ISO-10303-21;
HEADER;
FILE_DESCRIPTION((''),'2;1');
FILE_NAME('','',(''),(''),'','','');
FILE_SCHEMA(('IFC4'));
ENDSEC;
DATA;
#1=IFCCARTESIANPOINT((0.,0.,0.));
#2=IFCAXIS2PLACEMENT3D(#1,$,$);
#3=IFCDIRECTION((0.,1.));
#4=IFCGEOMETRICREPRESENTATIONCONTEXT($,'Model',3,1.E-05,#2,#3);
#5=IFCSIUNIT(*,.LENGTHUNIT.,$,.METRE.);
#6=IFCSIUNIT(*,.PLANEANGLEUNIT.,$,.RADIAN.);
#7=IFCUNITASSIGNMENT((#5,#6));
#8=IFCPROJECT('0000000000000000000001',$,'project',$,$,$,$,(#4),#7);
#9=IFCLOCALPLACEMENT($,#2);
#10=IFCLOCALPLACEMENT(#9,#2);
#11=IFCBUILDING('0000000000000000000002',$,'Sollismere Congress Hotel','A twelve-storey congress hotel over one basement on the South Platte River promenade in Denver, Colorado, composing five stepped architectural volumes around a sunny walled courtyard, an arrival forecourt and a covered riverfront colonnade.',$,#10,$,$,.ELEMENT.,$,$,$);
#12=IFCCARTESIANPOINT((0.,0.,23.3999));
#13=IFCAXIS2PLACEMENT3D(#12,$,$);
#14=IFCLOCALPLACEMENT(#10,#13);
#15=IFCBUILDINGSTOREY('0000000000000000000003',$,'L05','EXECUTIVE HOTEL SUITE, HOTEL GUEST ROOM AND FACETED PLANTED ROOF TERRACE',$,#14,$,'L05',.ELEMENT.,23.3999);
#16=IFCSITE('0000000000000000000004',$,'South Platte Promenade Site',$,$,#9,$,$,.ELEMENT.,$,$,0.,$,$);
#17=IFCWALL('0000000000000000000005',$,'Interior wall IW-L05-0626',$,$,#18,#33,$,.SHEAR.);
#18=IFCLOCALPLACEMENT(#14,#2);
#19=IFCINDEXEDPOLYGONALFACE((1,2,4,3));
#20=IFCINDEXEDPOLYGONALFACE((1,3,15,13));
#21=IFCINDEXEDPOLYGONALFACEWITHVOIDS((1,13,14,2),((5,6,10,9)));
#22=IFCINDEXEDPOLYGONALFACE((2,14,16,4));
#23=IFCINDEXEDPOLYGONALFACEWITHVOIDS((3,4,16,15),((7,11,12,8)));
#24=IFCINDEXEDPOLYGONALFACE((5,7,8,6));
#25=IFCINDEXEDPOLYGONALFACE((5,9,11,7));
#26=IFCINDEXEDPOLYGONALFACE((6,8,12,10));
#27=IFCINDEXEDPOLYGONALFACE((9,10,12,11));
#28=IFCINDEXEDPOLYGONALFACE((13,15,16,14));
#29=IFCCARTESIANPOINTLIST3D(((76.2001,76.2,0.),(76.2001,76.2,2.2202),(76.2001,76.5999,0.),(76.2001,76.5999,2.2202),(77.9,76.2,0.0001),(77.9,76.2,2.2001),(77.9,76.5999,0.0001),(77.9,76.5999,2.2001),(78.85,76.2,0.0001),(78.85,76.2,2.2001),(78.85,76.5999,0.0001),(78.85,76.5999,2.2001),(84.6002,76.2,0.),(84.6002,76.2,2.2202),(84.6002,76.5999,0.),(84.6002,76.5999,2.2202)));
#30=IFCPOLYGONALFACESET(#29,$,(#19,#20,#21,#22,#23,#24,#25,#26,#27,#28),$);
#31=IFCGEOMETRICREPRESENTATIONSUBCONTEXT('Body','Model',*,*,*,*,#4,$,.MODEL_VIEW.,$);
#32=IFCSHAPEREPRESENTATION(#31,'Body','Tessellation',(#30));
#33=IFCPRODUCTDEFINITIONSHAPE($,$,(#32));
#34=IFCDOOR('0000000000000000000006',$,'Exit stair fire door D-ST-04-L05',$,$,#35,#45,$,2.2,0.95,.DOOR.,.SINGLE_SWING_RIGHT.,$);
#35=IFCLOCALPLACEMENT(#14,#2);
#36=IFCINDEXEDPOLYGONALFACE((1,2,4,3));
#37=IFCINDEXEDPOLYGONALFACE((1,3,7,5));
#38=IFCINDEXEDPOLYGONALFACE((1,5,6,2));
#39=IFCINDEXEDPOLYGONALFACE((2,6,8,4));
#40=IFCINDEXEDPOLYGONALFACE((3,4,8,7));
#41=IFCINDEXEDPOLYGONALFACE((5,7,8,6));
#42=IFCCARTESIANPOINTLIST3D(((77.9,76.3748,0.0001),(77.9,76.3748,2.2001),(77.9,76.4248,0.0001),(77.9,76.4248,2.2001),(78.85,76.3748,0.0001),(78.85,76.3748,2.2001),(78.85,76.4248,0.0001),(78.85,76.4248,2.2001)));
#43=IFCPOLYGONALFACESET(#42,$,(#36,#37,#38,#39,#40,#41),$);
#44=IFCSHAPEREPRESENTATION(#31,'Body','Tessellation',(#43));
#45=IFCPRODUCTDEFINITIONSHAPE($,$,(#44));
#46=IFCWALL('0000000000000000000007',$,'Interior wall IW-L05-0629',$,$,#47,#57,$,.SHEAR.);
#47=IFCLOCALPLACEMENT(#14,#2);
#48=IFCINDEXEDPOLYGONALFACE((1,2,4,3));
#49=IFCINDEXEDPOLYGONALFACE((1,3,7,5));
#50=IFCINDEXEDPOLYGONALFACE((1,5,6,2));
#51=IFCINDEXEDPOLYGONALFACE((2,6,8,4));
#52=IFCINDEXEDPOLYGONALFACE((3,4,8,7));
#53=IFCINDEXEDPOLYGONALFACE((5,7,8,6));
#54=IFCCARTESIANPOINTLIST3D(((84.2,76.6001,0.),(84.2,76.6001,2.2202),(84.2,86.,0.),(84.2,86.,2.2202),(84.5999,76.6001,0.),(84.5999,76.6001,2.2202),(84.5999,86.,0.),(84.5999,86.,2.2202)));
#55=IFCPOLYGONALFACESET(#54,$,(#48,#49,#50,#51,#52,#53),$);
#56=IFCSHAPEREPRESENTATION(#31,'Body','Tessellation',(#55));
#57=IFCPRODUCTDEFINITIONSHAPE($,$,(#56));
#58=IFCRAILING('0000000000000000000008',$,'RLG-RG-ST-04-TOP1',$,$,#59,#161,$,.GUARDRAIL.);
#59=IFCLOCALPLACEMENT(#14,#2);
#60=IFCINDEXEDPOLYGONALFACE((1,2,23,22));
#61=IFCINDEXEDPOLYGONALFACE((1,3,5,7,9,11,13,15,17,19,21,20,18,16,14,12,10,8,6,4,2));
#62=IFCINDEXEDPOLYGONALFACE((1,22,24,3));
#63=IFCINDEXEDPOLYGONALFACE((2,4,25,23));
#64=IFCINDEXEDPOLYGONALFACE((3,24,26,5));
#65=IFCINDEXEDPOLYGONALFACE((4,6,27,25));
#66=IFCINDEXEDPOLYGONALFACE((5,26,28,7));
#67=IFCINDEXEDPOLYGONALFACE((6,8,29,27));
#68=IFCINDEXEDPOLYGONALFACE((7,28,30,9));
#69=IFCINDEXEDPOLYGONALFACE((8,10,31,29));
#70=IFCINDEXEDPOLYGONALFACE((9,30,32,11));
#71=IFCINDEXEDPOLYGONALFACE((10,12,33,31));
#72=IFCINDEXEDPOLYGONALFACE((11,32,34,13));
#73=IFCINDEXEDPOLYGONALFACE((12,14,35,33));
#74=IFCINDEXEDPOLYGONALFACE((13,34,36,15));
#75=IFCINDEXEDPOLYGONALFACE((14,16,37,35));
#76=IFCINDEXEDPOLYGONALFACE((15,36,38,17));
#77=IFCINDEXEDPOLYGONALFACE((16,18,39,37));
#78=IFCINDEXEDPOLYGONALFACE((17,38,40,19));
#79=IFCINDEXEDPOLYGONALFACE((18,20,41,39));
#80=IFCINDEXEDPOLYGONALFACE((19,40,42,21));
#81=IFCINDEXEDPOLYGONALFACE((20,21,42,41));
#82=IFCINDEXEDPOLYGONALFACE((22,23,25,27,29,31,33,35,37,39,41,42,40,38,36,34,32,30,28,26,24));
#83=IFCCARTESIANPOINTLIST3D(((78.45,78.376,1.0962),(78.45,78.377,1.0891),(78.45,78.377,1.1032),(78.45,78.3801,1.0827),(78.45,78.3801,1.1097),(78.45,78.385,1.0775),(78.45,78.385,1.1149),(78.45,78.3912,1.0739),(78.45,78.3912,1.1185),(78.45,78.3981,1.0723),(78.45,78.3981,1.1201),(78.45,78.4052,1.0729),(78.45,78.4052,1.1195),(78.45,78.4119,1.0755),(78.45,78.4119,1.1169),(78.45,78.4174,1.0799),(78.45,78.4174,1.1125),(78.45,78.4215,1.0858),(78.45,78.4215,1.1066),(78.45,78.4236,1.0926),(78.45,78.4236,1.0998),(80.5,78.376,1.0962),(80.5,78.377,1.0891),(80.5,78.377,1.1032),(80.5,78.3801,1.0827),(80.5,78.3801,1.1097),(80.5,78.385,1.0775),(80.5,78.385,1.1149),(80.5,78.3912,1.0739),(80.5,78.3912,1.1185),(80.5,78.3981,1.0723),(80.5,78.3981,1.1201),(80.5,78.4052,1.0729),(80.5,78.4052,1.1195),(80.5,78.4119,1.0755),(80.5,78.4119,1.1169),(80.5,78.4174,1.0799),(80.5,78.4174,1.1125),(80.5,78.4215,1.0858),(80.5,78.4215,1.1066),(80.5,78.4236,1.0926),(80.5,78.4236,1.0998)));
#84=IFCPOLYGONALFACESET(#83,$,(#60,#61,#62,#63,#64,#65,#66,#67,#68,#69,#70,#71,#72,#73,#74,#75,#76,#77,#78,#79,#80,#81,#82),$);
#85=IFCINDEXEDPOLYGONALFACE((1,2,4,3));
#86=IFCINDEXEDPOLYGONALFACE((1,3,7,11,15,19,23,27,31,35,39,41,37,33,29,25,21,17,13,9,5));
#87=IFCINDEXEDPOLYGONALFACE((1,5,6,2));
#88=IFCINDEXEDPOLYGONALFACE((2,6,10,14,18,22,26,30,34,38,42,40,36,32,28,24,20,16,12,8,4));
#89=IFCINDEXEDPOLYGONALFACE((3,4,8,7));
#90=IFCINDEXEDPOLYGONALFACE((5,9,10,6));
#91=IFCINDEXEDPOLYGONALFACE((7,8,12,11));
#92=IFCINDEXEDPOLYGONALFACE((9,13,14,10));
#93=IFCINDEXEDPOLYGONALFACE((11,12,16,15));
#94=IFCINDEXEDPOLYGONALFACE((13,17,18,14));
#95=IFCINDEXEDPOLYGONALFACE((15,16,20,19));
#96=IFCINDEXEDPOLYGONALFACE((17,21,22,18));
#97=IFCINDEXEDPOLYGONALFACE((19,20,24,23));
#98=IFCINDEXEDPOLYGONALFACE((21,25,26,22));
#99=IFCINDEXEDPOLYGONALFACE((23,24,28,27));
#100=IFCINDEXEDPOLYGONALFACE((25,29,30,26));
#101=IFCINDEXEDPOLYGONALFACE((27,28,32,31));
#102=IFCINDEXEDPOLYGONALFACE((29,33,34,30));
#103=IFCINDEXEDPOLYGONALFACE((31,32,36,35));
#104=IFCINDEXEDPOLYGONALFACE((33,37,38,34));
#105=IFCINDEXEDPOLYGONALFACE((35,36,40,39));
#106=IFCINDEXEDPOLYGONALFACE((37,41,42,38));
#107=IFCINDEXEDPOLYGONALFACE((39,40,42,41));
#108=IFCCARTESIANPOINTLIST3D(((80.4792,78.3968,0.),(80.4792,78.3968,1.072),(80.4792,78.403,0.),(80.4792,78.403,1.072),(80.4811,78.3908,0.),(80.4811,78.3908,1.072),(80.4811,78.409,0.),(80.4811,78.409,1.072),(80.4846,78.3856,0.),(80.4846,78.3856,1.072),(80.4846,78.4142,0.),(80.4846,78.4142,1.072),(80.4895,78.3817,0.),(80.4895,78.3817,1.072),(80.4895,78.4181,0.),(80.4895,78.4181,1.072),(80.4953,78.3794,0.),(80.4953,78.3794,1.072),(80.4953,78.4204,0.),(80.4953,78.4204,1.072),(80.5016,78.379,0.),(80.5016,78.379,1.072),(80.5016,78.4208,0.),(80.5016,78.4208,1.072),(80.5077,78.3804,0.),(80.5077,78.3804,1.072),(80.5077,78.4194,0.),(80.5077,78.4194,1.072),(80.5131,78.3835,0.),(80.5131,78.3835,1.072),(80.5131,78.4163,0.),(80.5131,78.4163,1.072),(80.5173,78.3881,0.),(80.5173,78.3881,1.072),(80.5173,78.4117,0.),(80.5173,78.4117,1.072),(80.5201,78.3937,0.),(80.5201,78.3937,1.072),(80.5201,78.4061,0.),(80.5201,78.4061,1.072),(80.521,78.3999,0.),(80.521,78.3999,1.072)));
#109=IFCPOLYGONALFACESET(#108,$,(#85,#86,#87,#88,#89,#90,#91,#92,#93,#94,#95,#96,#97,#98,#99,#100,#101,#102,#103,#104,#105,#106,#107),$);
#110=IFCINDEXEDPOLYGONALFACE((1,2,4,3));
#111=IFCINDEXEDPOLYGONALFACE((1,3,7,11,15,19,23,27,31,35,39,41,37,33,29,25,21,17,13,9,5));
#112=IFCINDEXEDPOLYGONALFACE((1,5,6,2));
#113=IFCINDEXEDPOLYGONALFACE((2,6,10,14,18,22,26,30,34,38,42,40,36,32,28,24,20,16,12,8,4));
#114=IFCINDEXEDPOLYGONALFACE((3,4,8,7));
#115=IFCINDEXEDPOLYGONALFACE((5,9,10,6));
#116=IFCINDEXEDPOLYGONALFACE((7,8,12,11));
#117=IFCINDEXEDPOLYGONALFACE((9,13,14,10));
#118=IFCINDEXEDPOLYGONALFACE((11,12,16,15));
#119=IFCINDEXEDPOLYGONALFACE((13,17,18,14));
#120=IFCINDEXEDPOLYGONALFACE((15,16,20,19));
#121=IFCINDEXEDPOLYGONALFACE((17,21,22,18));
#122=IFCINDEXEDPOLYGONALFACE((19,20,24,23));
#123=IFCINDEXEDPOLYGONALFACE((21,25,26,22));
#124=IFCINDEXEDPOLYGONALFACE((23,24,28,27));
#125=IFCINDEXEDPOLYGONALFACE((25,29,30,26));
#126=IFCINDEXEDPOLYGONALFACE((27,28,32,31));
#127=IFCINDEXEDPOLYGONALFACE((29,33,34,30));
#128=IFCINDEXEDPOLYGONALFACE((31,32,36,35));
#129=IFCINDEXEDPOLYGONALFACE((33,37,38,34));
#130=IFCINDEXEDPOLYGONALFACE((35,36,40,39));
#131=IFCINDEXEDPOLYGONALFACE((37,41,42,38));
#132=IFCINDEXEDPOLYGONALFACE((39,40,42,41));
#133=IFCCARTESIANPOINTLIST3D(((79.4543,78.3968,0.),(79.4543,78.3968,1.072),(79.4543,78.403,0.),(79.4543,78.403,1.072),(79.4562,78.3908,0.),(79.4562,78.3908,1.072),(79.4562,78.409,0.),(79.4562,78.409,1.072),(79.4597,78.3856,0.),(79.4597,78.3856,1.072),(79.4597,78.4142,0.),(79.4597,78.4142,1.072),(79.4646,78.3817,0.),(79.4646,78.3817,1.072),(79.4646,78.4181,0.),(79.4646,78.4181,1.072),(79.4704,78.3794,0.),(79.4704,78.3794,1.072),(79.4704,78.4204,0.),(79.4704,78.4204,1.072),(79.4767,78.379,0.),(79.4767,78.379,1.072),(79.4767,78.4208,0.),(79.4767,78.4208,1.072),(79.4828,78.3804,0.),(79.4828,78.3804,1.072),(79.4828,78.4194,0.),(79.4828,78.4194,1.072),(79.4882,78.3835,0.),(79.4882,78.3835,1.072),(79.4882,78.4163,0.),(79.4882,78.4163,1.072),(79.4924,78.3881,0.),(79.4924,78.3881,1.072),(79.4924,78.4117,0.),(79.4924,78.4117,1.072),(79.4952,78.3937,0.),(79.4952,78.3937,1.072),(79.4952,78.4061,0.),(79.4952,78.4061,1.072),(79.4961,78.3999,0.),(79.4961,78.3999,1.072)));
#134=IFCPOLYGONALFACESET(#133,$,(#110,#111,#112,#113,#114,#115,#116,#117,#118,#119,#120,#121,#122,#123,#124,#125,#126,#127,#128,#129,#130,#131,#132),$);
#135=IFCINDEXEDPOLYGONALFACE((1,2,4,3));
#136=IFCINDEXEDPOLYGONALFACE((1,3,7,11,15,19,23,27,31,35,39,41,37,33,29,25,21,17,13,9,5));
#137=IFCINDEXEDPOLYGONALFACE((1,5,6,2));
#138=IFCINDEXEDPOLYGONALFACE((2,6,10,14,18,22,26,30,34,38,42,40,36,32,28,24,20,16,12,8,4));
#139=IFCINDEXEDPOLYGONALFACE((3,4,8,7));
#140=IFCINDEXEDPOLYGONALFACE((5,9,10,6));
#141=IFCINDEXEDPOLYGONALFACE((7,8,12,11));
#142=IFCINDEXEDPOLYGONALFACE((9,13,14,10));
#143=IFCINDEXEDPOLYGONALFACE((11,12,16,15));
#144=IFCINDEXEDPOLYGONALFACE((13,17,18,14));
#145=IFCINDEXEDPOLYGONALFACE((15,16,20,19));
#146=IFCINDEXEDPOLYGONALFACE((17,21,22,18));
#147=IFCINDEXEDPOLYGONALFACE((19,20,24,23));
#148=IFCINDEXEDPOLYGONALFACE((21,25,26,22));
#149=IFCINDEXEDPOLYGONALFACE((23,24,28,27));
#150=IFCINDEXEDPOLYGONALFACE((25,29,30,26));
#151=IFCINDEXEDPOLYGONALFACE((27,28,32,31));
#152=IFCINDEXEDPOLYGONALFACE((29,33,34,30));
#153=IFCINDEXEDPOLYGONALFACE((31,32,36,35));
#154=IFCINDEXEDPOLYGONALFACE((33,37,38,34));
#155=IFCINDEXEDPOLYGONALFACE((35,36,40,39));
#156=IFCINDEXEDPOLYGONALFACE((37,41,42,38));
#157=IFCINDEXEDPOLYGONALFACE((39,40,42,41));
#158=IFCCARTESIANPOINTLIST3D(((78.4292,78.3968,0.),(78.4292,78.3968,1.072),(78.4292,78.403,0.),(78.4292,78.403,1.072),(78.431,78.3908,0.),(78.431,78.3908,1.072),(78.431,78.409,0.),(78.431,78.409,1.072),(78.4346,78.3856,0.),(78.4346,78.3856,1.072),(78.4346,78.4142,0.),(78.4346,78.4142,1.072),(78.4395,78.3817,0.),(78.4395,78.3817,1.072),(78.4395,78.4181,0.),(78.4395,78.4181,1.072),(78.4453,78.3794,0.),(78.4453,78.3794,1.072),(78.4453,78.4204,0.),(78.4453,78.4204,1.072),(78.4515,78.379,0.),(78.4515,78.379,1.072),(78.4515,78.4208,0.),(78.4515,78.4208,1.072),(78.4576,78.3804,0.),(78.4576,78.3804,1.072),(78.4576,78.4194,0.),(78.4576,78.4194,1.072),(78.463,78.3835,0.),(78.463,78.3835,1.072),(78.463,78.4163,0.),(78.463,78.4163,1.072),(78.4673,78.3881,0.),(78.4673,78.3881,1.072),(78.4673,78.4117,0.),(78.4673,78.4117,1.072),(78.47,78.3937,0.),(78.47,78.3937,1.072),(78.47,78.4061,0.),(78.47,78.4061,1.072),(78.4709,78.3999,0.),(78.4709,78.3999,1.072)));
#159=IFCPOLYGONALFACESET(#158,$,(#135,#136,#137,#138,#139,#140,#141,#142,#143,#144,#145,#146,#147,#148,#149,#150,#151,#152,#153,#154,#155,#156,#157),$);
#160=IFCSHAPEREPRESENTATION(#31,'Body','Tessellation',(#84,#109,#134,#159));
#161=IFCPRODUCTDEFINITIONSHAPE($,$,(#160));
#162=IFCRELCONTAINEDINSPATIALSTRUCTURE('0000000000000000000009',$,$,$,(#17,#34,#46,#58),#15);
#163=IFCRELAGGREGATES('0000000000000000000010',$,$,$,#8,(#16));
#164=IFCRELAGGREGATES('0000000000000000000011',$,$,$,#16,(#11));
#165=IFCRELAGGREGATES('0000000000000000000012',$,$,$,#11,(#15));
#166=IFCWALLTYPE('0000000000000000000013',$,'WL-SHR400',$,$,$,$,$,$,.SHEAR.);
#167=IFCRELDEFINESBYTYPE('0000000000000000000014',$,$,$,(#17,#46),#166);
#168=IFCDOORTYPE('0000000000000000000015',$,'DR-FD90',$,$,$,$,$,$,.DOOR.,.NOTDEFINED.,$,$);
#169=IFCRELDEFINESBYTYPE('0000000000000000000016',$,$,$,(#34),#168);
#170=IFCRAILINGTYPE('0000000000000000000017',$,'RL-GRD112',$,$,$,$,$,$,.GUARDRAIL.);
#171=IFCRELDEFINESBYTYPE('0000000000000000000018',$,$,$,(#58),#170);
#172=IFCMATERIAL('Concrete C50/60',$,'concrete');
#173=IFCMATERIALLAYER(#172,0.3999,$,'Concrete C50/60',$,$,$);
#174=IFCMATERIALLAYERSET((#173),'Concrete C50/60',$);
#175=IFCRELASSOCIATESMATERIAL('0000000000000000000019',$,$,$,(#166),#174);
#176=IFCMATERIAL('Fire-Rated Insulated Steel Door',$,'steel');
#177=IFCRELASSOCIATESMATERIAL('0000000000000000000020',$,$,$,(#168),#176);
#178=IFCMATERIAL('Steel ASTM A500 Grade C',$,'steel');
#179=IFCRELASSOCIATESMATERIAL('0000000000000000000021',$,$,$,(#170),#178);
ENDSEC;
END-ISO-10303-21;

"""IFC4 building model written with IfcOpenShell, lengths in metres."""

from ifc_helpers import new_model, si_unit, direction, frame, frame_2d, origin, origin_2d, place, context, subcontext, project, spatial, rectangle, circle, extrude, material, layer, layer_set, type_object, element, fill, save


model = new_model("IFC4")

# Units and contexts
model_context = context("Model", 3, precision=1e-05, world=origin(), true_north=direction((0.0, 1.0)))
body_context = subcontext(model_context, "Body", "Model", "MODEL_VIEW")
ifc_project = project(units=[si_unit("LENGTHUNIT", "METRE"), si_unit("PLANEANGLEUNIT", "RADIAN")], contexts=[model_context])

# Site, building, storey
site_placement = place(None, origin())
site = spatial("IfcSite", under=ifc_project, at=site_placement, Name="South Platte Promenade Site", CompositionType="ELEMENT", RefElevation=0.0)
building_placement = place(site_placement, origin())
building = spatial("IfcBuilding", under=site, at=building_placement, Name="Sollismere Congress Hotel", Description="A twelve-storey congress hotel over one basement on the South Platte River promenade in Denver, Colorado, composing five stepped architectural volumes around a sunny walled courtyard, an arrival forecourt and a covered riverfront colonnade.", CompositionType="ELEMENT")
storey_placement = place(building_placement, frame((0.0, 0.0, 23.3999)))
storey = spatial("IfcBuildingStorey", under=building, at=storey_placement, Name="L05", Description="EXECUTIVE HOTEL SUITE, HOTEL GUEST ROOM AND FACETED PLANTED ROOF TERRACE", LongName="L05", CompositionType="ELEMENT", Elevation=23.3999)

# Shared definitions
ifc_material_1 = material(Name="Steel ASTM A500 Grade C", Category="steel")

# Shared definitions
ifc_material_2 = material(Name="Concrete C50/60", Category="concrete")

# Wall, opening, door
ifc_layer_1 = layer(ifc_material_2, 0.3999, Name="Concrete C50/60")
ifc_layer_set_1 = layer_set([ifc_layer_1], Name="Concrete C50/60")
wall_type_1 = type_object("IfcWallType", Name="WL-SHR400", PredefinedType="SHEAR", material=ifc_layer_set_1)
ifc_material_3 = material(Name="Fire-Rated Insulated Steel Door", Category="steel")
door_type = type_object("IfcDoorType", Name="DR-FD90", OperationType="NOTDEFINED", PredefinedType="DOOR", material=ifc_material_3)
wall_1_placement = place(storey_placement, frame((76.2, 76.3999, 0.0), z_axis=(0.0, 0.0, 1.0), x_axis=(1.0, 0.0, 0.0)))
wall_1 = element("IfcWall", 1, at=wall_1_placement, inside=storey, type_object=wall_type_1, Name="Interior wall IW-L05-0626", PredefinedType="SHEAR", context=body_context, shape_type="SweptSolid", body=[
    extrude(rectangle(XDim=8.4001, YDim=0.3999, at=frame_2d((4.2002, 0.0))), origin(), (0.0, 0.0, 1.0), 2.2202),
])
opening_1_placement = place(wall_1_placement, frame((1.7, 0.0, 0.0)))
opening_1 = element("IfcOpeningElement", 2, at=opening_1_placement, cuts=wall_1, PredefinedType="OPENING", context=body_context, shape_type="SweptSolid", body=[
    extrude(rectangle(XDim=0.95, YDim=2.2, at=frame_2d((0.4751, 1.1001))), frame((0.0, 0.21, 0.0), z_axis=(0.0, -1.0, 0.0), x_axis=(1.0, 0.0, 0.0)), (0.0, 0.0, 1.0), 0.4199),
])
door_1_placement = place(opening_1_placement, origin())
door_1 = element("IfcDoor", 3, at=door_1_placement, inside=storey, type_object=door_type, Name="Exit stair fire door D-ST-04-L05", OperationType="SINGLE_SWING_RIGHT", OverallHeight=2.2, OverallWidth=0.95, PredefinedType="DOOR", context=body_context, shape_type="SweptSolid", body=[
    extrude(rectangle(XDim=0.95, YDim=2.2, at=frame_2d((0.4751, 1.1001))), frame((0.0, 0.0249, 0.0), z_axis=(0.0, -1.0, 0.0), x_axis=(1.0, 0.0, 0.0)), (0.0, 0.0, 1.0), 0.05),
])
fill(opening_1, door_1)

# Wall
wall_2_placement = place(storey_placement, frame((84.3999, 76.6001, 0.0), z_axis=(0.0, 0.0, 1.0), x_axis=(0.0, 1.0, 0.0)))
element("IfcWall", 4, at=wall_2_placement, inside=storey, type_object=wall_type_1, Name="Interior wall IW-L05-0629", PredefinedType="SHEAR", context=body_context, shape_type="SweptSolid", body=[
    extrude(rectangle(XDim=9.3999, YDim=0.3999, at=frame_2d((4.7, 0.0))), origin(), (0.0, 0.0, 1.0), 2.2202),
])

# Railing
railing_type = type_object("IfcRailingType", Name="RL-GRD112", PredefinedType="GUARDRAIL", material=ifc_material_1)
railing_placement = place(storey_placement, frame((80.5, 78.3999, 0.0)))
element("IfcRailing", 5, at=railing_placement, inside=storey, type_object=railing_type, Name="RLG-RG-ST-04-TOP1", PredefinedType="GUARDRAIL", context=body_context, shape_type="SweptSolid", body=[
    extrude(circle(Radius=0.0239, at=origin_2d()), frame((0.0, 0.0, 1.0962), z_axis=(-1.0, 0.0, 0.0), x_axis=(0.0, -1.0, 0.0)), (0.0, 0.0, 1.0), 2.05),
    extrude(circle(Radius=0.021, at=origin_2d()), origin(), (0.0, 0.0, 1.0), 1.072),
    extrude(circle(Radius=0.021, at=origin_2d()), frame((-1.0249, 0.0, 0.0)), (0.0, 0.0, 1.0), 1.072),
    extrude(circle(Radius=0.021, at=origin_2d()), frame((-2.05, 0.0, 0.0)), (0.0, 0.0, 1.0), 1.072),
])

save(model, "model.ifc")
